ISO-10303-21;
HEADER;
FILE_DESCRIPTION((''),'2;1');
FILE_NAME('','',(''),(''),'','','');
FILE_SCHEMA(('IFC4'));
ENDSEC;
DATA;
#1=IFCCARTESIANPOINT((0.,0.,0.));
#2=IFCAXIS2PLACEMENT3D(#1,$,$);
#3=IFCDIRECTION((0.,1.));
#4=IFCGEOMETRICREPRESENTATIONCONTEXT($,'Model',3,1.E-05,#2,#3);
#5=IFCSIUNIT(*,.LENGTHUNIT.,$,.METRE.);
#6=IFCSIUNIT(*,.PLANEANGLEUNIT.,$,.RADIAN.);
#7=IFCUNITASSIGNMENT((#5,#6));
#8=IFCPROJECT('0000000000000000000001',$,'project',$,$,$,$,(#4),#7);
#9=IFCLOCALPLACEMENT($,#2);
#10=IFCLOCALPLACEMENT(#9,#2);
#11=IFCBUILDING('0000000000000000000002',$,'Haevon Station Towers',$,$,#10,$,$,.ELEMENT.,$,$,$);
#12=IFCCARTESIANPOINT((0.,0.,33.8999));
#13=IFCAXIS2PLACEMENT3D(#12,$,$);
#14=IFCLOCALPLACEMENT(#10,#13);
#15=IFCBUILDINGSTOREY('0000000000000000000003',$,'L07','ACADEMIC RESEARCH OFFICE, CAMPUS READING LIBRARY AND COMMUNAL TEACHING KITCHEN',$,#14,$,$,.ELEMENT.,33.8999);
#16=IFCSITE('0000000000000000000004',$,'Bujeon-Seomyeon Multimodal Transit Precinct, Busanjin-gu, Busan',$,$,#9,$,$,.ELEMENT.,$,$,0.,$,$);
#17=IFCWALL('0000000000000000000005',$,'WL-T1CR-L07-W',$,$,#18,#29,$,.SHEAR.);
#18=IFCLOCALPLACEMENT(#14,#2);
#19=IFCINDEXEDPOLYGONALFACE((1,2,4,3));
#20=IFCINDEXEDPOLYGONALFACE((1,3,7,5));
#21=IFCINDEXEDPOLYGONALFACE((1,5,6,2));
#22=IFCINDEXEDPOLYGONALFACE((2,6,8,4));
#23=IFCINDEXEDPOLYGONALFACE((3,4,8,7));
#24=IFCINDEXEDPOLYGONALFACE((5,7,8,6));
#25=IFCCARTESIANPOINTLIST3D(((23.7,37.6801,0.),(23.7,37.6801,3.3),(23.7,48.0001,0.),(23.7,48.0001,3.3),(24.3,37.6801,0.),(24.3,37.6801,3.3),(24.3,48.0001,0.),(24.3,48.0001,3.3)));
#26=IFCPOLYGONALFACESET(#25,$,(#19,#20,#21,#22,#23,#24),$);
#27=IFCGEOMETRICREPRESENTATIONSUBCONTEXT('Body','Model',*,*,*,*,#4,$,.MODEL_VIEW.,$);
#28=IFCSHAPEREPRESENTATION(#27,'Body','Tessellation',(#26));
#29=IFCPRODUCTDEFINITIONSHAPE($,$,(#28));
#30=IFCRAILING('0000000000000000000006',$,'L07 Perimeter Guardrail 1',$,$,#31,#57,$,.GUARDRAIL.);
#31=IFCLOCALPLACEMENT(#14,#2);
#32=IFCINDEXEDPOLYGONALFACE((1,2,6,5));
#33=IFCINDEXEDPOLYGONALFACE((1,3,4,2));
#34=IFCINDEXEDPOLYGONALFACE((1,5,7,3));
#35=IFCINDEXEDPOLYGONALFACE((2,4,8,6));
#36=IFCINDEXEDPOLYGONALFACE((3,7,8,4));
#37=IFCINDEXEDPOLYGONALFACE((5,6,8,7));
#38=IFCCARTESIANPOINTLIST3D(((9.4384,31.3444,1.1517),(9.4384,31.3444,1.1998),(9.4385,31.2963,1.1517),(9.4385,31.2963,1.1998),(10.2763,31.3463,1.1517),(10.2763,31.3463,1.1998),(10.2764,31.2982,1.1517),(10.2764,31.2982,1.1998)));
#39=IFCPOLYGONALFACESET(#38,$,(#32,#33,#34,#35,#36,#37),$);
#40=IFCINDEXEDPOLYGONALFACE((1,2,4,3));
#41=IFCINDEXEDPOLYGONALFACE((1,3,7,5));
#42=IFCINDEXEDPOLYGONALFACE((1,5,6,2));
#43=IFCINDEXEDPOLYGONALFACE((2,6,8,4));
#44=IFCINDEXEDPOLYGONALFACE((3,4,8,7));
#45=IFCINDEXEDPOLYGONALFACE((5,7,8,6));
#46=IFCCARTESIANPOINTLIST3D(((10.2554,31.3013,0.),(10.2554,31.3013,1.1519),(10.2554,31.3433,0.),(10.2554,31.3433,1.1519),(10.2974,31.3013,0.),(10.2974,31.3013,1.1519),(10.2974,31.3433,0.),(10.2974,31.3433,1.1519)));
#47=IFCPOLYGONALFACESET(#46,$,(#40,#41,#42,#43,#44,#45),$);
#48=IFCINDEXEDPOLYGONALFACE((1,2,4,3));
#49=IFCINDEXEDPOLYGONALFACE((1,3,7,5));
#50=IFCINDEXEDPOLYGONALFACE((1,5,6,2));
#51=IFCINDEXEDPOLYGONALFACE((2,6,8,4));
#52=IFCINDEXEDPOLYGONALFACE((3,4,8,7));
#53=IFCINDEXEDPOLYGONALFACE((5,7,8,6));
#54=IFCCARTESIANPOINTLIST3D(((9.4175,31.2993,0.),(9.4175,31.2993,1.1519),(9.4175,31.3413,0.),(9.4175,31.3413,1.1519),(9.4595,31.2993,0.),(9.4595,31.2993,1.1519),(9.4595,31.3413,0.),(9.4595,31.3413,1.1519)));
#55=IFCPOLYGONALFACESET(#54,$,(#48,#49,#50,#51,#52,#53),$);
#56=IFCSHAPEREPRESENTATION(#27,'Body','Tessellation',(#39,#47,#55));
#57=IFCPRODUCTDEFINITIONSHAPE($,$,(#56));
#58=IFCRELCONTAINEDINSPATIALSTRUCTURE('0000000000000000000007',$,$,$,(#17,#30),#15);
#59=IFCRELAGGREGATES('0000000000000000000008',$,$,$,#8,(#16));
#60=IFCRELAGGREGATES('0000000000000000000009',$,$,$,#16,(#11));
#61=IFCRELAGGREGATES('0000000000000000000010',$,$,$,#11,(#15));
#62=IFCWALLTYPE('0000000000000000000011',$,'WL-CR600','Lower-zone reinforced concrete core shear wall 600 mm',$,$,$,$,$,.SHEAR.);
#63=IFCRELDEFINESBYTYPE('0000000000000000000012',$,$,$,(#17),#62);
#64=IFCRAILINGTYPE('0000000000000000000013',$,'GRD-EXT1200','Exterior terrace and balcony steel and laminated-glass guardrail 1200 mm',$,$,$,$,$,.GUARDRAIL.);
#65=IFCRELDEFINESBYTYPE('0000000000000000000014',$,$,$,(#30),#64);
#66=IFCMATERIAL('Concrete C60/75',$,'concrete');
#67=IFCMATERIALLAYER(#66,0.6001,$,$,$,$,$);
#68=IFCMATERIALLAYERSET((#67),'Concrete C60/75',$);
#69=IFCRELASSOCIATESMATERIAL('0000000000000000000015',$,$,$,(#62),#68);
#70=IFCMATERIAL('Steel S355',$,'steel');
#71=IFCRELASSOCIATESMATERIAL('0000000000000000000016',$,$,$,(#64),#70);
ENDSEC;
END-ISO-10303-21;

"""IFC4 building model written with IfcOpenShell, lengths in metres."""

from ifc_helpers import new_model, si_unit, direction, frame, frame_2d, origin, origin_2d, place, context, subcontext, project, spatial, rectangle, extrude, material, layer, layer_set, type_object, element, save


model = new_model("IFC4")

# Units and contexts
model_context = context("Model", 3, precision=1e-05, world=origin(), true_north=direction((0.0, 1.0)))
body_context = subcontext(model_context, "Body", "Model", "MODEL_VIEW")
ifc_project = project(units=[si_unit("LENGTHUNIT", "METRE"), si_unit("PLANEANGLEUNIT", "RADIAN")], contexts=[model_context])

# Site, building, storey
site_placement = place(None, origin())
site = spatial("IfcSite", under=ifc_project, at=site_placement, Name="Bujeon-Seomyeon Multimodal Transit Precinct, Busanjin-gu, Busan", CompositionType="ELEMENT", RefElevation=0.0)
building_placement = place(site_placement, origin())
building = spatial("IfcBuilding", under=site, at=building_placement, Name="Haevon Station Towers", CompositionType="ELEMENT")
storey_placement = place(building_placement, frame((0.0, 0.0, 33.8999)))
storey = spatial("IfcBuildingStorey", under=building, at=storey_placement, Name="L07", Description="ACADEMIC RESEARCH OFFICE, CAMPUS READING LIBRARY AND COMMUNAL TEACHING KITCHEN", CompositionType="ELEMENT", Elevation=33.8999)

# Shared definitions
ifc_material_1 = material(Name="Steel S355", Category="steel")

# Wall
ifc_material_2 = material(Name="Concrete C60/75", Category="concrete")
ifc_layer_1 = layer(ifc_material_2, 0.6001)
ifc_layer_set_1 = layer_set([ifc_layer_1], Name="Concrete C60/75")
wall_type_1 = type_object("IfcWallType", Name="WL-CR600", Description="Lower-zone reinforced concrete core shear wall 600 mm", PredefinedType="SHEAR", material=ifc_layer_set_1)
wall_1_placement = place(storey_placement, frame((24.0, 37.6799, 0.0), z_axis=(0.0, 0.0, 1.0), x_axis=(0.0, 1.0, 0.0)))
element("IfcWall", 1, at=wall_1_placement, inside=storey, type_object=wall_type_1, Name="WL-T1CR-L07-W", PredefinedType="SHEAR", context=body_context, shape_type="SweptSolid", body=[
    extrude(rectangle(XDim=10.3201, YDim=0.6001, at=frame_2d((5.1602, 0.0))), origin(), (0.0, 0.0, 1.0), 3.3),
])

# Railing
railing_type = type_object("IfcRailingType", Name="GRD-EXT1200", Description="Exterior terrace and balcony steel and laminated-glass guardrail 1200 mm", PredefinedType="GUARDRAIL", material=ifc_material_1)
railing_placement = place(storey_placement, frame((10.2764, 31.3223, 0.0)))
element("IfcRailing", 2, at=railing_placement, inside=storey, type_object=railing_type, Name="L07 Perimeter Guardrail 1", PredefinedType="GUARDRAIL", context=body_context, shape_type="SweptSolid", body=[
    extrude(rectangle(XDim=0.0481, YDim=0.0481, at=origin_2d()), frame((0.0, 0.0, 1.1758), z_axis=(-0.999997, -0.002331, 0.0), x_axis=(0.002331, -0.999997, 0.0)), (0.0, 0.0, 1.0), 0.8379),
    extrude(rectangle(XDim=0.042, YDim=0.042, at=origin_2d()), origin(), (0.0, 0.0, 1.0), 1.1519),
    extrude(rectangle(XDim=0.042, YDim=0.042, at=origin_2d()), frame((-0.8379, -0.002, 0.0)), (0.0, 0.0, 1.0), 1.1519),
])

save(model, "model.ifc")
